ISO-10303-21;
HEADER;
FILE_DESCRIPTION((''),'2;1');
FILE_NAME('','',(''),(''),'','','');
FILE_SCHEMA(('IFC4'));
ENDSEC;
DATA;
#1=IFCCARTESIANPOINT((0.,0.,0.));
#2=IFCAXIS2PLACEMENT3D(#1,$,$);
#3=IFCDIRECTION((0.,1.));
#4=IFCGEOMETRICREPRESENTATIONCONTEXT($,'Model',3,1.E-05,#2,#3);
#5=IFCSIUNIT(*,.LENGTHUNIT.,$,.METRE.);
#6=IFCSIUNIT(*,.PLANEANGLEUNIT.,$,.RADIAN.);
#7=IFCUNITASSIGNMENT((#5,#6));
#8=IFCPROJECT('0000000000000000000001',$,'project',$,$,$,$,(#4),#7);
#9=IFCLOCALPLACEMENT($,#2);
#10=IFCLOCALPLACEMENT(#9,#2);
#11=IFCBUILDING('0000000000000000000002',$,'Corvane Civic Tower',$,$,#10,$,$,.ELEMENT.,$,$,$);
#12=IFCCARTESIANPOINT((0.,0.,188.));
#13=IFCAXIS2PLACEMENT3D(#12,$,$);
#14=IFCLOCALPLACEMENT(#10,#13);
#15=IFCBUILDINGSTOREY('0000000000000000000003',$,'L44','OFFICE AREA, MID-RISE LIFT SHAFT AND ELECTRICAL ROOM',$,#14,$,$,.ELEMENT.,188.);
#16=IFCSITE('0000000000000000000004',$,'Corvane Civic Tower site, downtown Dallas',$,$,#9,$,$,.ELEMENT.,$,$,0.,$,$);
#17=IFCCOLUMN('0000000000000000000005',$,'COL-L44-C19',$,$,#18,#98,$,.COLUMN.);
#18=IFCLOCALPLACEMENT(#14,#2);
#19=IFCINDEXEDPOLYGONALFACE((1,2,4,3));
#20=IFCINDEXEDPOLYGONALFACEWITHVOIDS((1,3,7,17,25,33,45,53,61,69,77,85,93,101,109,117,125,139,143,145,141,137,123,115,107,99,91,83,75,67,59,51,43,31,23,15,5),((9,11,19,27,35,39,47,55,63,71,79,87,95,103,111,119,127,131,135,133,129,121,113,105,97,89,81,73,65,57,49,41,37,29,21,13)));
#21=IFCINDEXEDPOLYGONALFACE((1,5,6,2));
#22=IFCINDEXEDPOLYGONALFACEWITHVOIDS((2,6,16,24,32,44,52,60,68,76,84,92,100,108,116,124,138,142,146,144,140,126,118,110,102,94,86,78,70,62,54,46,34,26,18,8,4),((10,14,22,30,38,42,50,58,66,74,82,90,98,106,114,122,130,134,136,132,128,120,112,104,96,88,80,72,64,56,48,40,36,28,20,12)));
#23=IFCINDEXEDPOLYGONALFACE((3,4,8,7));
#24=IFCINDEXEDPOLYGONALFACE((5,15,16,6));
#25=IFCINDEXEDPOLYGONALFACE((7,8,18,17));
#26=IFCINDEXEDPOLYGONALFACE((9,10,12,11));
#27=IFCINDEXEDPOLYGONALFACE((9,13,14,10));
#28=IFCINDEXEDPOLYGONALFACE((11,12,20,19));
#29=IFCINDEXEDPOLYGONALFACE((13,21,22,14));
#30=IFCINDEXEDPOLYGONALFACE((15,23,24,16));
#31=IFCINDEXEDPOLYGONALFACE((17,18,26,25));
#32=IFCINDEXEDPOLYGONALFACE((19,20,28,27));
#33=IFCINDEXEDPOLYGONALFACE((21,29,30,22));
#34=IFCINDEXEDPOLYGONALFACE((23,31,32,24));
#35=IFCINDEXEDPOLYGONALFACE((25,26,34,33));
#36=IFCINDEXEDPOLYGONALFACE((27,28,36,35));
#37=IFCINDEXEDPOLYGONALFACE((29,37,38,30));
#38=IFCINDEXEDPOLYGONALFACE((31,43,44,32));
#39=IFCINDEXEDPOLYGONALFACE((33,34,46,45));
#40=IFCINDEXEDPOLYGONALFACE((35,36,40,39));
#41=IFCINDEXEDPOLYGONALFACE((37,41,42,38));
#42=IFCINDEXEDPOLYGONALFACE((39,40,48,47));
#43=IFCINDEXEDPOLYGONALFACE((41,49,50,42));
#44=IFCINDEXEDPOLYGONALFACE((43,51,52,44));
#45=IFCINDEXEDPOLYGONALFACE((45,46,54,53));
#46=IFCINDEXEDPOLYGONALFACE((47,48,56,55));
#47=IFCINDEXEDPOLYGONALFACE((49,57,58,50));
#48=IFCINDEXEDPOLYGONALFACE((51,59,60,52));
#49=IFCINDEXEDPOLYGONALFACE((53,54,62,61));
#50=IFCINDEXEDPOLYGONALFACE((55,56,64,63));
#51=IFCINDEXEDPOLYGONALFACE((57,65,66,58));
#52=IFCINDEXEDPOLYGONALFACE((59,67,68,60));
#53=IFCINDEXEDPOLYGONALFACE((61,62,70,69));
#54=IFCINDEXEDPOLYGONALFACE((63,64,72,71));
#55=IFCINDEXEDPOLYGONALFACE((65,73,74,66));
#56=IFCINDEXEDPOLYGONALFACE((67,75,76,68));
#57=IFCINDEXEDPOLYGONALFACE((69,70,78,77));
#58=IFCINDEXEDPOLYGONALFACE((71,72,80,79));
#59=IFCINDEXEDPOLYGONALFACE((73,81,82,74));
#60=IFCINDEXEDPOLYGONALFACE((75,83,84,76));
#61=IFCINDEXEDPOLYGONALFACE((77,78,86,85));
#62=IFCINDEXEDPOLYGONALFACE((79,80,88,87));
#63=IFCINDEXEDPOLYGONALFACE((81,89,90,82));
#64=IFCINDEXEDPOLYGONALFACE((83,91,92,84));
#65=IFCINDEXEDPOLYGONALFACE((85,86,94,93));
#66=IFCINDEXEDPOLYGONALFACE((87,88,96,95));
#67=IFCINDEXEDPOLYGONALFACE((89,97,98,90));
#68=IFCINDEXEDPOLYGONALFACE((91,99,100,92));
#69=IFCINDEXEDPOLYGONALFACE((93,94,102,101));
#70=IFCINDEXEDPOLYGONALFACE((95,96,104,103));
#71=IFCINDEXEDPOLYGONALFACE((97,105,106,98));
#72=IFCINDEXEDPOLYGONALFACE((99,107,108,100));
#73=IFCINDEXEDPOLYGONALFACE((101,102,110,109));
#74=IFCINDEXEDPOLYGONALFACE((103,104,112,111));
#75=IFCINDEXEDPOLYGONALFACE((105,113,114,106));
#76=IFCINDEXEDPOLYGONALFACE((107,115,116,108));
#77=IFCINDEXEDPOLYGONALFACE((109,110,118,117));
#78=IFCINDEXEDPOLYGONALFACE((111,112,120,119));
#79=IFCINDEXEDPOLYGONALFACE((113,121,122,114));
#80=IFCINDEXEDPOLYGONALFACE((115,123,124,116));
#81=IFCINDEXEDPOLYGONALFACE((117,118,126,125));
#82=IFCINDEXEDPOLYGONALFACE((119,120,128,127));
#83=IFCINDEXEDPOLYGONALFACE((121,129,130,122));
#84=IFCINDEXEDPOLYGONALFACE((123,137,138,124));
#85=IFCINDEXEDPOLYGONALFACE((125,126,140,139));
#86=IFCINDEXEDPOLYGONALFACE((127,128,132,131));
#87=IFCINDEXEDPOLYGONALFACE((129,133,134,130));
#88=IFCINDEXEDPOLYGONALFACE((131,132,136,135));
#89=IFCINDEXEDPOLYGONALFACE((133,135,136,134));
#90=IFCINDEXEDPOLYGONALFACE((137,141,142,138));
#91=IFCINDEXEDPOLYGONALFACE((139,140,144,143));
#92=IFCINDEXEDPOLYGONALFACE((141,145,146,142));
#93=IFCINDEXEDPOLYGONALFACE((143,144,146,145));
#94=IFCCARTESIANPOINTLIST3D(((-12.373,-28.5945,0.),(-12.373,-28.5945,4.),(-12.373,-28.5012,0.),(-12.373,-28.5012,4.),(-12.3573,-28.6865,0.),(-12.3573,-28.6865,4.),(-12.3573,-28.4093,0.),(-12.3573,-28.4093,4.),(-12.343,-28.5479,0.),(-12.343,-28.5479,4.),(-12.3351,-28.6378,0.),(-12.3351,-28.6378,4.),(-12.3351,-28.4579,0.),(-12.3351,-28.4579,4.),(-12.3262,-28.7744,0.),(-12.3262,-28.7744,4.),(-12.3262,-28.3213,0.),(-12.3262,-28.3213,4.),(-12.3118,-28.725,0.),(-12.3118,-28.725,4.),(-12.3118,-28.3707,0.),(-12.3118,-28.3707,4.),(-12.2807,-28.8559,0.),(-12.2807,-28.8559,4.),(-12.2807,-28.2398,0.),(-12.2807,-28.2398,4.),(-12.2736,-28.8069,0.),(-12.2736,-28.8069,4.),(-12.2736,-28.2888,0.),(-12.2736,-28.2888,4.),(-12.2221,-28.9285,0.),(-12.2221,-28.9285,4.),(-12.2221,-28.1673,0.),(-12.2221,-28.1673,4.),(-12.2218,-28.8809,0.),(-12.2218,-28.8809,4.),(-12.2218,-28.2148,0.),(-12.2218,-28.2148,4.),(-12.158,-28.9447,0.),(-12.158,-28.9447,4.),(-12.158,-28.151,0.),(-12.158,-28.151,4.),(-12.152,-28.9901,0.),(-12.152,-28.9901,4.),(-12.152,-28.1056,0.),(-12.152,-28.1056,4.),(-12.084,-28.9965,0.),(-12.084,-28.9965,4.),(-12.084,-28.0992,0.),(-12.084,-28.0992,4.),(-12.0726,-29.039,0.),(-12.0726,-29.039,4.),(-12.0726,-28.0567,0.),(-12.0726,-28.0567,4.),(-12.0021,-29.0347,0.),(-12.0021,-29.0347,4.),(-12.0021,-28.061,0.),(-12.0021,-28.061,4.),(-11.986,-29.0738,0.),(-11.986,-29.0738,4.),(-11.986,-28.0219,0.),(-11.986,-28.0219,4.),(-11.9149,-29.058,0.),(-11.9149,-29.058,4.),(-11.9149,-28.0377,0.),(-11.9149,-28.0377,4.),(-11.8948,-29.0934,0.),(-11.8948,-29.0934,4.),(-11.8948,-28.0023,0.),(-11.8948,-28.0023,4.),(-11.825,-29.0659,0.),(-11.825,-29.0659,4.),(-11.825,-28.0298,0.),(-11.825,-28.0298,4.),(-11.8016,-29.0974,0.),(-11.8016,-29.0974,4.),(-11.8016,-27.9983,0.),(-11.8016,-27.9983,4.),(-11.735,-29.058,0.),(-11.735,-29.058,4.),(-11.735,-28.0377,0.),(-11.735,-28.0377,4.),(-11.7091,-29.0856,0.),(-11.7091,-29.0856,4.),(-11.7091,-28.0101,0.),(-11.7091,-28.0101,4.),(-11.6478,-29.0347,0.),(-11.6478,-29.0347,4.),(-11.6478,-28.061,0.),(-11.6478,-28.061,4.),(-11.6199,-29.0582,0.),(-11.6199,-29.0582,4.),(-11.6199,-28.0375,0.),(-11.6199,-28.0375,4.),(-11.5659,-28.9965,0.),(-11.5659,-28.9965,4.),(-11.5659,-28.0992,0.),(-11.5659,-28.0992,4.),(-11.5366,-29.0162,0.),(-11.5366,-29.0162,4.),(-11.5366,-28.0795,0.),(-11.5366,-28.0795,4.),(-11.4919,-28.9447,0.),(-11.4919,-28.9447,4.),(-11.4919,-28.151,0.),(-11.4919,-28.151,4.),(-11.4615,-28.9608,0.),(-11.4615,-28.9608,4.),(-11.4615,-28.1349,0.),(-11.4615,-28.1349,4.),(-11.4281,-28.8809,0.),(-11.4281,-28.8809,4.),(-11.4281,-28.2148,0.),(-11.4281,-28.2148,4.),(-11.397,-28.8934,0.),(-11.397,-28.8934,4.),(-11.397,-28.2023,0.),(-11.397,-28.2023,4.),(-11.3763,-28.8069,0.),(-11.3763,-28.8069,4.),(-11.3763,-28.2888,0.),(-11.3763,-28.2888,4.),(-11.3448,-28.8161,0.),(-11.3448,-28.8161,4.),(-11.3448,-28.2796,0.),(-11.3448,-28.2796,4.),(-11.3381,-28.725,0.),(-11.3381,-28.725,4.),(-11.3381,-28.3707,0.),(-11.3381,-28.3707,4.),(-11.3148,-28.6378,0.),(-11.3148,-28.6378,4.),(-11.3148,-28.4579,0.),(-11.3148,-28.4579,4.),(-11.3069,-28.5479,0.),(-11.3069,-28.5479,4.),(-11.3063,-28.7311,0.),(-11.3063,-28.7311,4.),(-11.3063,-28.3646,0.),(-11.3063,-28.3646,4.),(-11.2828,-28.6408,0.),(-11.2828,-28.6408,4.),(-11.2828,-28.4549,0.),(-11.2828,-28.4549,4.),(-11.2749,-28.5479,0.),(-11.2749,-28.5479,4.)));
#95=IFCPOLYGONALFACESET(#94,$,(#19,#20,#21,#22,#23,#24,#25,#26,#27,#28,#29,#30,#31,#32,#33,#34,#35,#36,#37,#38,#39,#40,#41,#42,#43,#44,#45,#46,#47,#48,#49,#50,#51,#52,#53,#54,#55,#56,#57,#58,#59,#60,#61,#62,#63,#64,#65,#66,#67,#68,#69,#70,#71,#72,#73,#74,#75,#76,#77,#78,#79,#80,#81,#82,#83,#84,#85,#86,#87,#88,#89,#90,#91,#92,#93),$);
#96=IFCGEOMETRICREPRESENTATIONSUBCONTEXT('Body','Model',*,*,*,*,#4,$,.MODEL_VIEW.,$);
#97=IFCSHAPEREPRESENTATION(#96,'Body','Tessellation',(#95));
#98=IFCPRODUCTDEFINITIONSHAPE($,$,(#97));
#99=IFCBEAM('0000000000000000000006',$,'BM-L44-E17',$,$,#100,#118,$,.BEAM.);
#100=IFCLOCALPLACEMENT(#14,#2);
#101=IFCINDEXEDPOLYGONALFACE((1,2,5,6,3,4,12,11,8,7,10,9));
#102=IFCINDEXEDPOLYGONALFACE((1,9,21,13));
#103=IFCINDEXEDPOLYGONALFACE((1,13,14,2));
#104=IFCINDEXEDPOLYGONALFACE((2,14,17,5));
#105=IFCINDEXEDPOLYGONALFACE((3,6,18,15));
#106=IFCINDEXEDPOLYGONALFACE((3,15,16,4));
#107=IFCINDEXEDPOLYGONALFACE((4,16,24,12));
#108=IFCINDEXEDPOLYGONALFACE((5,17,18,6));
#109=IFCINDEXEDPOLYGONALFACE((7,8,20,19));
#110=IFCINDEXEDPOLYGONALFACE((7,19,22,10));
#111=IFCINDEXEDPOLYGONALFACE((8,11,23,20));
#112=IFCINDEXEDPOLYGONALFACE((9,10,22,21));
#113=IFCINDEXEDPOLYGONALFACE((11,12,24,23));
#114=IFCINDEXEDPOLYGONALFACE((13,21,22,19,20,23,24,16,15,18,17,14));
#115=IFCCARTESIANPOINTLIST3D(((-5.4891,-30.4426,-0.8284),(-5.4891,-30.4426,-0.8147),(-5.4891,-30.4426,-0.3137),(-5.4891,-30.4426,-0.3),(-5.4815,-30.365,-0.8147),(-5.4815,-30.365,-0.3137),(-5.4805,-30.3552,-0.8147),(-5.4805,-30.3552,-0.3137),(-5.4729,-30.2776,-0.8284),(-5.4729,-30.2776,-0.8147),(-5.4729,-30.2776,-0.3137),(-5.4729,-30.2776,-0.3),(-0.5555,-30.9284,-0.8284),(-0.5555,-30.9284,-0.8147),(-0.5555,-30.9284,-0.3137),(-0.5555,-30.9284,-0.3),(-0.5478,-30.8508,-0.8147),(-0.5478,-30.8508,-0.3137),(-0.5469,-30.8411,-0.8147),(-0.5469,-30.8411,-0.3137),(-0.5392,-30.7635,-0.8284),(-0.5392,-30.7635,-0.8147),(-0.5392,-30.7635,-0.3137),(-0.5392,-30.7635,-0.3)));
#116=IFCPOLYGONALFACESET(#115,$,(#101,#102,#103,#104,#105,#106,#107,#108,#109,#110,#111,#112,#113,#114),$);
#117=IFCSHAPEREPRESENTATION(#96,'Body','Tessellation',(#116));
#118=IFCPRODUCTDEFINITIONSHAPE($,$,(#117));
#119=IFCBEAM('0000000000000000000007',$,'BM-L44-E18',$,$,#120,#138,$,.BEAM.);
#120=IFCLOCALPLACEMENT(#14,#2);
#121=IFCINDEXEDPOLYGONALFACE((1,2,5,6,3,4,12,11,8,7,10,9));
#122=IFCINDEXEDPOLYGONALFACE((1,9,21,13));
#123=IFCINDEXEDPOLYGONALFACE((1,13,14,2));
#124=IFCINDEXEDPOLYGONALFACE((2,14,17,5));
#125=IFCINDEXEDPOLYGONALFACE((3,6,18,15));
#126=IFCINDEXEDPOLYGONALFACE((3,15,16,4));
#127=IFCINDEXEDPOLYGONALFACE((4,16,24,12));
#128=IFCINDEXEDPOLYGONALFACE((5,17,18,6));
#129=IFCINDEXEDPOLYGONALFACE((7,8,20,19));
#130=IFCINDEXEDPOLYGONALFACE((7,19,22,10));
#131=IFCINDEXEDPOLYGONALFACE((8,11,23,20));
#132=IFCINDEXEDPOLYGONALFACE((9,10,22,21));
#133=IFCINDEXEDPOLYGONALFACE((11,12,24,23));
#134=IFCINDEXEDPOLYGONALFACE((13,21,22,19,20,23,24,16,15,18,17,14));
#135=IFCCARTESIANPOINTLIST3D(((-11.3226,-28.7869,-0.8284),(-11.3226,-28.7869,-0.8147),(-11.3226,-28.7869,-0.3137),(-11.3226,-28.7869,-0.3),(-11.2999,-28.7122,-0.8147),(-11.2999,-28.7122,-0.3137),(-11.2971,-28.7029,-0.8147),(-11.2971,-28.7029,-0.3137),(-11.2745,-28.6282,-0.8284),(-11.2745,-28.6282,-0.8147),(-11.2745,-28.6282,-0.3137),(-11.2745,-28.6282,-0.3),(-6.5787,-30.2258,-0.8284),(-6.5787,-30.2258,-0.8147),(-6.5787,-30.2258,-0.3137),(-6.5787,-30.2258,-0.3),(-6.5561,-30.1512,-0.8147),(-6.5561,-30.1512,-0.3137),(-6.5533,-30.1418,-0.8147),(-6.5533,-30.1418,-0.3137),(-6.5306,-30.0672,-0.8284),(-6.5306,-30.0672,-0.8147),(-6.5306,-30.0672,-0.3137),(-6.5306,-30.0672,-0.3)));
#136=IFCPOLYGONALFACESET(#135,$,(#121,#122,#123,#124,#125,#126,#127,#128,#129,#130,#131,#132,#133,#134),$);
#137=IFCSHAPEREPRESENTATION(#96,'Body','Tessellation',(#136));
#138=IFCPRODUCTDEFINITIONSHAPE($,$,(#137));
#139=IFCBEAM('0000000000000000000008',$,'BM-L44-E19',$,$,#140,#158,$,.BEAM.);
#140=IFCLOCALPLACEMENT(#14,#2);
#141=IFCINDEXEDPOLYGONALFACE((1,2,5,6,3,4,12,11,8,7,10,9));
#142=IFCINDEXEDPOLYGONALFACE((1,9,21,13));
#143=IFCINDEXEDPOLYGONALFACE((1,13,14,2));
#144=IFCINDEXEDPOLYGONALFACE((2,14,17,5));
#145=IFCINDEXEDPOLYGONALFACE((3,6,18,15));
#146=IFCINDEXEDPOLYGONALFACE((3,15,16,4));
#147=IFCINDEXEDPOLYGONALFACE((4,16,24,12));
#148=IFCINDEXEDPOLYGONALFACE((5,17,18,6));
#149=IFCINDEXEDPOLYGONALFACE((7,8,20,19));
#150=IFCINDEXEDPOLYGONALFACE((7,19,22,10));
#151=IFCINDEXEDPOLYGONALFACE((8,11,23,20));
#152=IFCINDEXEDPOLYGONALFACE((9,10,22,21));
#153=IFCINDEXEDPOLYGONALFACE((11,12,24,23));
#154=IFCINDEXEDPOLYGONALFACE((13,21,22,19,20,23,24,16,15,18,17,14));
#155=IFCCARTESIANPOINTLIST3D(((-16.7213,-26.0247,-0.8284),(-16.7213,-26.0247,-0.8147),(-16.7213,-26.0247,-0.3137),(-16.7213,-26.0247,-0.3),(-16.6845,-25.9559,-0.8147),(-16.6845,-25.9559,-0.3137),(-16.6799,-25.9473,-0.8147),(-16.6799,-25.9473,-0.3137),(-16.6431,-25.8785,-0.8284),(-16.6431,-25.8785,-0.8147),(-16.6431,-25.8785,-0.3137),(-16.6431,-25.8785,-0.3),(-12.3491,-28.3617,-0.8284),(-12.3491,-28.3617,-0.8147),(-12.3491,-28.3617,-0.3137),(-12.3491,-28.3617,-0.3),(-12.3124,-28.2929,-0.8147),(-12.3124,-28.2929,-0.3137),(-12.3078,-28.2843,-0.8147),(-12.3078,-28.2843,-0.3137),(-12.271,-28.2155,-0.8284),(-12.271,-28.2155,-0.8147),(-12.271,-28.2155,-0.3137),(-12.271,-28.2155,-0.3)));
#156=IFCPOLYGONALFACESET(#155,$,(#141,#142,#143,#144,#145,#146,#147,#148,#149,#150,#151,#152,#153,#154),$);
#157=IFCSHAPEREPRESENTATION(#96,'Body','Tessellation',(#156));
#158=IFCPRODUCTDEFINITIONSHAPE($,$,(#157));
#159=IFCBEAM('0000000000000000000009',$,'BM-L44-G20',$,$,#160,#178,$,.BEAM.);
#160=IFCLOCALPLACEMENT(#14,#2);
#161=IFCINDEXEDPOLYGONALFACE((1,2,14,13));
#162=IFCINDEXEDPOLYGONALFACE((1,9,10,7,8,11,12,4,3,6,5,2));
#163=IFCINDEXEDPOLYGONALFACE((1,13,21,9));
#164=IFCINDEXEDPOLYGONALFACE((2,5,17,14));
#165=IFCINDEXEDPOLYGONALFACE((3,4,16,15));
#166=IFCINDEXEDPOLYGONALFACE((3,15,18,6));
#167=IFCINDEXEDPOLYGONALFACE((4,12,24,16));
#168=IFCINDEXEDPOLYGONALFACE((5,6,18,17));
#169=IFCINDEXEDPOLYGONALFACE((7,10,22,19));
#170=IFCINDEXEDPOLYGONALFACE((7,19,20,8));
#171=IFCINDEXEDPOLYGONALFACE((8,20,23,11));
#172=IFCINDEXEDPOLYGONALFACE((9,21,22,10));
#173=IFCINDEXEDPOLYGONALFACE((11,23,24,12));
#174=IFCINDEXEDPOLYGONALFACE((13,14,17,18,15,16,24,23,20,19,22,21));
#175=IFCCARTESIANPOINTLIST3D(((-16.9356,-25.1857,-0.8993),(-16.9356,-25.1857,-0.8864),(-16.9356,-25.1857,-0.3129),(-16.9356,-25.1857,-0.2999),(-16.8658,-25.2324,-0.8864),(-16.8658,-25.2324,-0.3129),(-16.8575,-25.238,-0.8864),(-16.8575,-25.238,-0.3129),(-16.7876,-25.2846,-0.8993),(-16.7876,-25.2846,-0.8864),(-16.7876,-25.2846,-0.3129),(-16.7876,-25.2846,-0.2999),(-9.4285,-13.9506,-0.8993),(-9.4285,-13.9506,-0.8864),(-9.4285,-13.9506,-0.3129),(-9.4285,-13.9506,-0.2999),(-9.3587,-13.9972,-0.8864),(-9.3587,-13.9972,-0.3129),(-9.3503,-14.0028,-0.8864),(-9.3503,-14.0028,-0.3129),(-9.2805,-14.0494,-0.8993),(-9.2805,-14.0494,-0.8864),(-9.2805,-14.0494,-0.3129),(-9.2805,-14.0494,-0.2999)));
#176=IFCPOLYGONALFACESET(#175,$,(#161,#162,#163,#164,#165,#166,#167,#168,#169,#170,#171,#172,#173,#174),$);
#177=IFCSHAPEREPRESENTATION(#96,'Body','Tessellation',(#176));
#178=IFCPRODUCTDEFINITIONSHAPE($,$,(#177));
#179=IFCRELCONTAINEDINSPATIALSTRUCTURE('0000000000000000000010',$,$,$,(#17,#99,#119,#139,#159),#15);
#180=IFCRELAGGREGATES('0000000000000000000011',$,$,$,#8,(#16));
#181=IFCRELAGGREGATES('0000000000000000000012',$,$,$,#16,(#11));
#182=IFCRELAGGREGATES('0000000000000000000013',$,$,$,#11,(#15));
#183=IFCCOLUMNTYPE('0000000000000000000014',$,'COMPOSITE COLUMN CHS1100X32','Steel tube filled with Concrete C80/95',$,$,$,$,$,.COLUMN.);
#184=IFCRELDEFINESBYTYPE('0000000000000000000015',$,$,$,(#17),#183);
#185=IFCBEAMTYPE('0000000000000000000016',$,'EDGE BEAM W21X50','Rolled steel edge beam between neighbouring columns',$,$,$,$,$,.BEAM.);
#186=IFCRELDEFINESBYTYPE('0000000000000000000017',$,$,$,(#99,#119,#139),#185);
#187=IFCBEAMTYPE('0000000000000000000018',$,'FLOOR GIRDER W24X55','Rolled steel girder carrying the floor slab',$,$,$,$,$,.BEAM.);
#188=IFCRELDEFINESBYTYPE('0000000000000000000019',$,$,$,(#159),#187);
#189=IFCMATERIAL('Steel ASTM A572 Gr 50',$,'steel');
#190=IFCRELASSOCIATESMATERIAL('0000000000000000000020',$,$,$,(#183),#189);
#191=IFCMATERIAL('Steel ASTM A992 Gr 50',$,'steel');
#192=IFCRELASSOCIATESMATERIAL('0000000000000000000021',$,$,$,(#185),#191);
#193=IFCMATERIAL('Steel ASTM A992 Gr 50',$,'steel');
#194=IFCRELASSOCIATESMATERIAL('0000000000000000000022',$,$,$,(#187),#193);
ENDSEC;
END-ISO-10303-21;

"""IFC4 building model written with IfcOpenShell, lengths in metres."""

from ifc_helpers import new_model, si_unit, direction, frame, origin, origin_2d, place, context, subcontext, project, spatial, hollow_circle, i_section, extrude, material, material_profile, profile_set, type_object, element, save


model = new_model("IFC4")

# Units and contexts
model_context = context("Model", 3, precision=1e-05, world=origin(), true_north=direction((0.0, 1.0)))
body_context = subcontext(model_context, "Body", "Model", "MODEL_VIEW")
ifc_project = project(units=[si_unit("LENGTHUNIT", "METRE"), si_unit("PLANEANGLEUNIT", "RADIAN")], contexts=[model_context])

# Site, building, storey
site_placement = place(None, origin())
site = spatial("IfcSite", under=ifc_project, at=site_placement, Name="Corvane Civic Tower site, downtown Dallas", CompositionType="ELEMENT", RefElevation=0.0)
building_placement = place(site_placement, origin())
building = spatial("IfcBuilding", under=site, at=building_placement, Name="Corvane Civic Tower", CompositionType="ELEMENT")
storey_placement = place(building_placement, frame((0.0, 0.0, 188.0)))
storey = spatial("IfcBuildingStorey", under=building, at=storey_placement, Name="L44", Description="OFFICE AREA, MID-RISE LIFT SHAFT AND ELECTRICAL ROOM", CompositionType="ELEMENT", Elevation=188.0)

# Column
ifc_material_1 = material(Name="Steel ASTM A572 Gr 50", Category="steel")
ifc_material_profile_1 = material_profile(ifc_material_1, hollow_circle(Radius=0.55, WallThickness=0.032, at=origin_2d()), Name="CHS1100X32")
ifc_profile_set_1 = profile_set([ifc_material_profile_1], Name="Steel ASTM A572 Gr 50")
column_type = type_object("IfcColumnType", Name="COMPOSITE COLUMN CHS1100X32", Description="Steel tube filled with Concrete C80/95", PredefinedType="COLUMN", material=ifc_profile_set_1)
for number, where, z_axis, x_axis, name in (
    (1, (-11.825, -28.5479, 0.0), (0.0, 0.0, 1.0), (1.0, 0.0, 0.0), "COL-L44-C19"),
):
    element("IfcColumn", number, at=place(storey_placement, frame(where, z_axis=z_axis, x_axis=x_axis)), inside=storey, type_object=column_type, Name=name, PredefinedType="COLUMN", context=body_context, shape_type="SweptSolid", body=[
        extrude(hollow_circle(Radius=0.55, WallThickness=0.032, at=origin_2d()), origin(), (0.0, 0.0, 1.0), 4.0),
    ])

# Beams
ifc_material_2 = material(Name="Steel ASTM A992 Gr 50", Category="steel")
ifc_material_profile_2 = material_profile(ifc_material_2, i_section(OverallWidth=0.1658, OverallDepth=0.5283, WebThickness=0.0098, FlangeThickness=0.0137, at=origin_2d()), Name="W21X50")
ifc_profile_set_2 = profile_set([ifc_material_profile_2], Name="Steel ASTM A992 Gr 50")
beam_type_1 = type_object("IfcBeamType", Name="EDGE BEAM W21X50", Description="Rolled steel edge beam between neighbouring columns", PredefinedType="BEAM", material=ifc_profile_set_2)
beam_1_placement = place(storey_placement, frame((-0.5474, -30.8459, -0.5642), z_axis=(-0.995186, 0.098002, 0.0), x_axis=(-0.098002, -0.995186, 0.0)))
element("IfcBeam", 2, at=beam_1_placement, inside=storey, type_object=beam_type_1, Name="BM-L44-E17", PredefinedType="BEAM", context=body_context, shape_type="SweptSolid", body=[
    extrude(i_section(OverallWidth=0.1658, OverallDepth=0.5283, WebThickness=0.0098, FlangeThickness=0.0137, at=origin_2d()), origin(), (0.0, 0.0, 1.0), 4.9575),
])
beam_2_placement = place(storey_placement, frame((-6.5547, -30.1465, -0.5642), z_axis=(-0.956945, 0.29027, 0.0), x_axis=(-0.29027, -0.956945, 0.0)))
element("IfcBeam", 3, at=beam_2_placement, inside=storey, type_object=beam_type_1, Name="BM-L44-E18", PredefinedType="BEAM", context=body_context, shape_type="SweptSolid", body=[
    extrude(i_section(OverallWidth=0.1658, OverallDepth=0.5283, WebThickness=0.0098, FlangeThickness=0.0137, at=origin_2d()), origin(), (0.0, 0.0, 1.0), 4.9573),
])
beam_3_placement = place(storey_placement, frame((-12.3101, -28.2886, -0.5642), z_axis=(-0.881922, 0.471396, 0.0), x_axis=(-0.471396, -0.881922, 0.0)))
element("IfcBeam", 4, at=beam_3_placement, inside=storey, type_object=beam_type_1, Name="BM-L44-E19", PredefinedType="BEAM", context=body_context, shape_type="SweptSolid", body=[
    extrude(i_section(OverallWidth=0.1658, OverallDepth=0.5283, WebThickness=0.0098, FlangeThickness=0.0137, at=origin_2d()), origin(), (0.0, 0.0, 1.0), 4.9575),
])
ifc_material_3 = material(Name="Steel ASTM A992 Gr 50", Category="steel")
ifc_material_profile_3 = material_profile(ifc_material_3, i_section(OverallWidth=0.178, OverallDepth=0.5994, WebThickness=0.01, FlangeThickness=0.0129, at=origin_2d()), Name="W24X55")
ifc_profile_set_3 = profile_set([ifc_material_profile_3], Name="Steel ASTM A992 Gr 50")
beam_type_2 = type_object("IfcBeamType", Name="FLOOR GIRDER W24X55", Description="Rolled steel girder carrying the floor slab", PredefinedType="BEAM", material=ifc_profile_set_3)
beam_4_placement = place(storey_placement, frame((-9.3545, -14.0, -0.5996), z_axis=(-0.555571, -0.831469, 0.0), x_axis=(0.831469, -0.555571, 0.0)))
element("IfcBeam", 5, at=beam_4_placement, inside=storey, type_object=beam_type_2, Name="BM-L44-G20", PredefinedType="BEAM", context=body_context, shape_type="SweptSolid", body=[
    extrude(i_section(OverallWidth=0.178, OverallDepth=0.5994, WebThickness=0.01, FlangeThickness=0.0129, at=origin_2d()), origin(), (0.0, 0.0, 1.0), 13.5125),
])

save(model, "model.ifc")
